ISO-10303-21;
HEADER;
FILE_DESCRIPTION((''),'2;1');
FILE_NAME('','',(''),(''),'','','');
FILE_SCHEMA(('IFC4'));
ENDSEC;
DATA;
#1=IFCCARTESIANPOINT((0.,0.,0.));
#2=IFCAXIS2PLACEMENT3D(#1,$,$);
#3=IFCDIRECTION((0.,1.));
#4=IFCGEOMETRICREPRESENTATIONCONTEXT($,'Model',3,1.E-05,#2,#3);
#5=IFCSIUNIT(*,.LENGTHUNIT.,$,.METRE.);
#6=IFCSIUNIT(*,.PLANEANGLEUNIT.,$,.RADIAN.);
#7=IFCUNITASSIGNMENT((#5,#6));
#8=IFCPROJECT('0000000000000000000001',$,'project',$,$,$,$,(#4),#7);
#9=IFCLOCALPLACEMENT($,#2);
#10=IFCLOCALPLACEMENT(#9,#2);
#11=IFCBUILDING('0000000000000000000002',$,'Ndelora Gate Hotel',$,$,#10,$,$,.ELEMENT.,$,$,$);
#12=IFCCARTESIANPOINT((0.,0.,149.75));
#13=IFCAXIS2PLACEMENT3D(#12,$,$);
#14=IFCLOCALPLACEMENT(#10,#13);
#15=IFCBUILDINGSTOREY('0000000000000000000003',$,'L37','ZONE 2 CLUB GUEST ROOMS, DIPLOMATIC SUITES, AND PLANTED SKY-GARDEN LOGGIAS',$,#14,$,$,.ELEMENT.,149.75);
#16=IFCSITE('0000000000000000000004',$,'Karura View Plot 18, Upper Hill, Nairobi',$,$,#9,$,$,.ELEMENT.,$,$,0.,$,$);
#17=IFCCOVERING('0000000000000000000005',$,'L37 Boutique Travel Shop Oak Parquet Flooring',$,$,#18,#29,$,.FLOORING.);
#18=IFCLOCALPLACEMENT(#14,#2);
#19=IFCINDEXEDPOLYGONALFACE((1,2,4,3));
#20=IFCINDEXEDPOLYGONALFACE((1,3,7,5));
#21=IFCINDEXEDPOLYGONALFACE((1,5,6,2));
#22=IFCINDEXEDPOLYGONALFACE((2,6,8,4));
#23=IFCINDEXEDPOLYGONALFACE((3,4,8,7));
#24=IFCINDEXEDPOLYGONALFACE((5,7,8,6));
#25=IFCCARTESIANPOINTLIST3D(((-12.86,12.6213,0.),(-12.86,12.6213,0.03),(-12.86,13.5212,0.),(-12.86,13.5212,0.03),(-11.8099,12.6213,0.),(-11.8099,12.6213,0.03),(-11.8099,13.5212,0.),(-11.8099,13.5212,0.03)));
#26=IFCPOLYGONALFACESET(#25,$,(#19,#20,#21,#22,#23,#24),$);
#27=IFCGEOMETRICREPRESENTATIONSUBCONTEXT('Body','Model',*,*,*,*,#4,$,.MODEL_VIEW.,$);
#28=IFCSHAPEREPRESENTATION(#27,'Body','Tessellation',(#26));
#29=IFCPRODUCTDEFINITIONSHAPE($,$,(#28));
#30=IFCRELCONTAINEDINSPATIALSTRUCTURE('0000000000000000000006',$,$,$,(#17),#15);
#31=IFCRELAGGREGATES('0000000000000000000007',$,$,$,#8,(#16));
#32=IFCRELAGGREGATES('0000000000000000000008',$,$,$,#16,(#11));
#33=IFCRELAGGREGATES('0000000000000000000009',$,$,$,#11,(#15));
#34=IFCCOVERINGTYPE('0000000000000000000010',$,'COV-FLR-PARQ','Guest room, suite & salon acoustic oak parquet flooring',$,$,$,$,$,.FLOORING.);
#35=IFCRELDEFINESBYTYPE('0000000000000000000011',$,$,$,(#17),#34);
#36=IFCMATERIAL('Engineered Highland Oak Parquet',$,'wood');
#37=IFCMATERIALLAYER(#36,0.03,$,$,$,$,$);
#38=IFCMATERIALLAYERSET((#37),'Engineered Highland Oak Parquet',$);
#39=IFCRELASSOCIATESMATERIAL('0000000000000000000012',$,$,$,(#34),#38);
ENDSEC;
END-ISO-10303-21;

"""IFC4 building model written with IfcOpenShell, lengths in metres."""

from ifc_helpers import new_model, si_unit, direction, frame, origin, origin_2d, place, context, subcontext, project, spatial, rectangle, extrude, material, layer, layer_set, type_object, element, save


model = new_model("IFC4")

# Units and contexts
model_context = context("Model", 3, precision=1e-05, world=origin(), true_north=direction((0.0, 1.0)))
body_context = subcontext(model_context, "Body", "Model", "MODEL_VIEW")
ifc_project = project(units=[si_unit("LENGTHUNIT", "METRE"), si_unit("PLANEANGLEUNIT", "RADIAN")], contexts=[model_context])

# Site, building, storey
site_placement = place(None, origin())
site = spatial("IfcSite", under=ifc_project, at=site_placement, Name="Karura View Plot 18, Upper Hill, Nairobi", CompositionType="ELEMENT", RefElevation=0.0)
building_placement = place(site_placement, origin())
building = spatial("IfcBuilding", under=site, at=building_placement, Name="Ndelora Gate Hotel", CompositionType="ELEMENT")
storey_placement = place(building_placement, frame((0.0, 0.0, 149.75)))
storey = spatial("IfcBuildingStorey", under=building, at=storey_placement, Name="L37", Description="ZONE 2 CLUB GUEST ROOMS, DIPLOMATIC SUITES, AND PLANTED SKY-GARDEN LOGGIAS", CompositionType="ELEMENT", Elevation=149.75)

# Covering
ifc_material_1 = material(Name="Engineered Highland Oak Parquet", Category="wood")
ifc_layer_1 = layer(ifc_material_1, 0.03)
ifc_layer_set_1 = layer_set([ifc_layer_1], Name="Engineered Highland Oak Parquet")
covering_type_1 = type_object("IfcCoveringType", Name="COV-FLR-PARQ", Description="Guest room, suite & salon acoustic oak parquet flooring", PredefinedType="FLOORING", material=ifc_layer_set_1)
covering_1_placement = place(storey_placement, frame((-12.335, 13.0713, 0.0), z_axis=(0.0, 0.0, 1.0), x_axis=(1.0, 0.0, 0.0)))
element("IfcCovering", 1, at=covering_1_placement, inside=storey, type_object=covering_type_1, Name="L37 Boutique Travel Shop Oak Parquet Flooring", PredefinedType="FLOORING", context=body_context, shape_type="SweptSolid", body=[
    extrude(rectangle(XDim=1.05, YDim=0.8999, at=origin_2d()), origin(), (0.0, 0.0, 1.0), 0.03),
])

save(model, "model.ifc")
